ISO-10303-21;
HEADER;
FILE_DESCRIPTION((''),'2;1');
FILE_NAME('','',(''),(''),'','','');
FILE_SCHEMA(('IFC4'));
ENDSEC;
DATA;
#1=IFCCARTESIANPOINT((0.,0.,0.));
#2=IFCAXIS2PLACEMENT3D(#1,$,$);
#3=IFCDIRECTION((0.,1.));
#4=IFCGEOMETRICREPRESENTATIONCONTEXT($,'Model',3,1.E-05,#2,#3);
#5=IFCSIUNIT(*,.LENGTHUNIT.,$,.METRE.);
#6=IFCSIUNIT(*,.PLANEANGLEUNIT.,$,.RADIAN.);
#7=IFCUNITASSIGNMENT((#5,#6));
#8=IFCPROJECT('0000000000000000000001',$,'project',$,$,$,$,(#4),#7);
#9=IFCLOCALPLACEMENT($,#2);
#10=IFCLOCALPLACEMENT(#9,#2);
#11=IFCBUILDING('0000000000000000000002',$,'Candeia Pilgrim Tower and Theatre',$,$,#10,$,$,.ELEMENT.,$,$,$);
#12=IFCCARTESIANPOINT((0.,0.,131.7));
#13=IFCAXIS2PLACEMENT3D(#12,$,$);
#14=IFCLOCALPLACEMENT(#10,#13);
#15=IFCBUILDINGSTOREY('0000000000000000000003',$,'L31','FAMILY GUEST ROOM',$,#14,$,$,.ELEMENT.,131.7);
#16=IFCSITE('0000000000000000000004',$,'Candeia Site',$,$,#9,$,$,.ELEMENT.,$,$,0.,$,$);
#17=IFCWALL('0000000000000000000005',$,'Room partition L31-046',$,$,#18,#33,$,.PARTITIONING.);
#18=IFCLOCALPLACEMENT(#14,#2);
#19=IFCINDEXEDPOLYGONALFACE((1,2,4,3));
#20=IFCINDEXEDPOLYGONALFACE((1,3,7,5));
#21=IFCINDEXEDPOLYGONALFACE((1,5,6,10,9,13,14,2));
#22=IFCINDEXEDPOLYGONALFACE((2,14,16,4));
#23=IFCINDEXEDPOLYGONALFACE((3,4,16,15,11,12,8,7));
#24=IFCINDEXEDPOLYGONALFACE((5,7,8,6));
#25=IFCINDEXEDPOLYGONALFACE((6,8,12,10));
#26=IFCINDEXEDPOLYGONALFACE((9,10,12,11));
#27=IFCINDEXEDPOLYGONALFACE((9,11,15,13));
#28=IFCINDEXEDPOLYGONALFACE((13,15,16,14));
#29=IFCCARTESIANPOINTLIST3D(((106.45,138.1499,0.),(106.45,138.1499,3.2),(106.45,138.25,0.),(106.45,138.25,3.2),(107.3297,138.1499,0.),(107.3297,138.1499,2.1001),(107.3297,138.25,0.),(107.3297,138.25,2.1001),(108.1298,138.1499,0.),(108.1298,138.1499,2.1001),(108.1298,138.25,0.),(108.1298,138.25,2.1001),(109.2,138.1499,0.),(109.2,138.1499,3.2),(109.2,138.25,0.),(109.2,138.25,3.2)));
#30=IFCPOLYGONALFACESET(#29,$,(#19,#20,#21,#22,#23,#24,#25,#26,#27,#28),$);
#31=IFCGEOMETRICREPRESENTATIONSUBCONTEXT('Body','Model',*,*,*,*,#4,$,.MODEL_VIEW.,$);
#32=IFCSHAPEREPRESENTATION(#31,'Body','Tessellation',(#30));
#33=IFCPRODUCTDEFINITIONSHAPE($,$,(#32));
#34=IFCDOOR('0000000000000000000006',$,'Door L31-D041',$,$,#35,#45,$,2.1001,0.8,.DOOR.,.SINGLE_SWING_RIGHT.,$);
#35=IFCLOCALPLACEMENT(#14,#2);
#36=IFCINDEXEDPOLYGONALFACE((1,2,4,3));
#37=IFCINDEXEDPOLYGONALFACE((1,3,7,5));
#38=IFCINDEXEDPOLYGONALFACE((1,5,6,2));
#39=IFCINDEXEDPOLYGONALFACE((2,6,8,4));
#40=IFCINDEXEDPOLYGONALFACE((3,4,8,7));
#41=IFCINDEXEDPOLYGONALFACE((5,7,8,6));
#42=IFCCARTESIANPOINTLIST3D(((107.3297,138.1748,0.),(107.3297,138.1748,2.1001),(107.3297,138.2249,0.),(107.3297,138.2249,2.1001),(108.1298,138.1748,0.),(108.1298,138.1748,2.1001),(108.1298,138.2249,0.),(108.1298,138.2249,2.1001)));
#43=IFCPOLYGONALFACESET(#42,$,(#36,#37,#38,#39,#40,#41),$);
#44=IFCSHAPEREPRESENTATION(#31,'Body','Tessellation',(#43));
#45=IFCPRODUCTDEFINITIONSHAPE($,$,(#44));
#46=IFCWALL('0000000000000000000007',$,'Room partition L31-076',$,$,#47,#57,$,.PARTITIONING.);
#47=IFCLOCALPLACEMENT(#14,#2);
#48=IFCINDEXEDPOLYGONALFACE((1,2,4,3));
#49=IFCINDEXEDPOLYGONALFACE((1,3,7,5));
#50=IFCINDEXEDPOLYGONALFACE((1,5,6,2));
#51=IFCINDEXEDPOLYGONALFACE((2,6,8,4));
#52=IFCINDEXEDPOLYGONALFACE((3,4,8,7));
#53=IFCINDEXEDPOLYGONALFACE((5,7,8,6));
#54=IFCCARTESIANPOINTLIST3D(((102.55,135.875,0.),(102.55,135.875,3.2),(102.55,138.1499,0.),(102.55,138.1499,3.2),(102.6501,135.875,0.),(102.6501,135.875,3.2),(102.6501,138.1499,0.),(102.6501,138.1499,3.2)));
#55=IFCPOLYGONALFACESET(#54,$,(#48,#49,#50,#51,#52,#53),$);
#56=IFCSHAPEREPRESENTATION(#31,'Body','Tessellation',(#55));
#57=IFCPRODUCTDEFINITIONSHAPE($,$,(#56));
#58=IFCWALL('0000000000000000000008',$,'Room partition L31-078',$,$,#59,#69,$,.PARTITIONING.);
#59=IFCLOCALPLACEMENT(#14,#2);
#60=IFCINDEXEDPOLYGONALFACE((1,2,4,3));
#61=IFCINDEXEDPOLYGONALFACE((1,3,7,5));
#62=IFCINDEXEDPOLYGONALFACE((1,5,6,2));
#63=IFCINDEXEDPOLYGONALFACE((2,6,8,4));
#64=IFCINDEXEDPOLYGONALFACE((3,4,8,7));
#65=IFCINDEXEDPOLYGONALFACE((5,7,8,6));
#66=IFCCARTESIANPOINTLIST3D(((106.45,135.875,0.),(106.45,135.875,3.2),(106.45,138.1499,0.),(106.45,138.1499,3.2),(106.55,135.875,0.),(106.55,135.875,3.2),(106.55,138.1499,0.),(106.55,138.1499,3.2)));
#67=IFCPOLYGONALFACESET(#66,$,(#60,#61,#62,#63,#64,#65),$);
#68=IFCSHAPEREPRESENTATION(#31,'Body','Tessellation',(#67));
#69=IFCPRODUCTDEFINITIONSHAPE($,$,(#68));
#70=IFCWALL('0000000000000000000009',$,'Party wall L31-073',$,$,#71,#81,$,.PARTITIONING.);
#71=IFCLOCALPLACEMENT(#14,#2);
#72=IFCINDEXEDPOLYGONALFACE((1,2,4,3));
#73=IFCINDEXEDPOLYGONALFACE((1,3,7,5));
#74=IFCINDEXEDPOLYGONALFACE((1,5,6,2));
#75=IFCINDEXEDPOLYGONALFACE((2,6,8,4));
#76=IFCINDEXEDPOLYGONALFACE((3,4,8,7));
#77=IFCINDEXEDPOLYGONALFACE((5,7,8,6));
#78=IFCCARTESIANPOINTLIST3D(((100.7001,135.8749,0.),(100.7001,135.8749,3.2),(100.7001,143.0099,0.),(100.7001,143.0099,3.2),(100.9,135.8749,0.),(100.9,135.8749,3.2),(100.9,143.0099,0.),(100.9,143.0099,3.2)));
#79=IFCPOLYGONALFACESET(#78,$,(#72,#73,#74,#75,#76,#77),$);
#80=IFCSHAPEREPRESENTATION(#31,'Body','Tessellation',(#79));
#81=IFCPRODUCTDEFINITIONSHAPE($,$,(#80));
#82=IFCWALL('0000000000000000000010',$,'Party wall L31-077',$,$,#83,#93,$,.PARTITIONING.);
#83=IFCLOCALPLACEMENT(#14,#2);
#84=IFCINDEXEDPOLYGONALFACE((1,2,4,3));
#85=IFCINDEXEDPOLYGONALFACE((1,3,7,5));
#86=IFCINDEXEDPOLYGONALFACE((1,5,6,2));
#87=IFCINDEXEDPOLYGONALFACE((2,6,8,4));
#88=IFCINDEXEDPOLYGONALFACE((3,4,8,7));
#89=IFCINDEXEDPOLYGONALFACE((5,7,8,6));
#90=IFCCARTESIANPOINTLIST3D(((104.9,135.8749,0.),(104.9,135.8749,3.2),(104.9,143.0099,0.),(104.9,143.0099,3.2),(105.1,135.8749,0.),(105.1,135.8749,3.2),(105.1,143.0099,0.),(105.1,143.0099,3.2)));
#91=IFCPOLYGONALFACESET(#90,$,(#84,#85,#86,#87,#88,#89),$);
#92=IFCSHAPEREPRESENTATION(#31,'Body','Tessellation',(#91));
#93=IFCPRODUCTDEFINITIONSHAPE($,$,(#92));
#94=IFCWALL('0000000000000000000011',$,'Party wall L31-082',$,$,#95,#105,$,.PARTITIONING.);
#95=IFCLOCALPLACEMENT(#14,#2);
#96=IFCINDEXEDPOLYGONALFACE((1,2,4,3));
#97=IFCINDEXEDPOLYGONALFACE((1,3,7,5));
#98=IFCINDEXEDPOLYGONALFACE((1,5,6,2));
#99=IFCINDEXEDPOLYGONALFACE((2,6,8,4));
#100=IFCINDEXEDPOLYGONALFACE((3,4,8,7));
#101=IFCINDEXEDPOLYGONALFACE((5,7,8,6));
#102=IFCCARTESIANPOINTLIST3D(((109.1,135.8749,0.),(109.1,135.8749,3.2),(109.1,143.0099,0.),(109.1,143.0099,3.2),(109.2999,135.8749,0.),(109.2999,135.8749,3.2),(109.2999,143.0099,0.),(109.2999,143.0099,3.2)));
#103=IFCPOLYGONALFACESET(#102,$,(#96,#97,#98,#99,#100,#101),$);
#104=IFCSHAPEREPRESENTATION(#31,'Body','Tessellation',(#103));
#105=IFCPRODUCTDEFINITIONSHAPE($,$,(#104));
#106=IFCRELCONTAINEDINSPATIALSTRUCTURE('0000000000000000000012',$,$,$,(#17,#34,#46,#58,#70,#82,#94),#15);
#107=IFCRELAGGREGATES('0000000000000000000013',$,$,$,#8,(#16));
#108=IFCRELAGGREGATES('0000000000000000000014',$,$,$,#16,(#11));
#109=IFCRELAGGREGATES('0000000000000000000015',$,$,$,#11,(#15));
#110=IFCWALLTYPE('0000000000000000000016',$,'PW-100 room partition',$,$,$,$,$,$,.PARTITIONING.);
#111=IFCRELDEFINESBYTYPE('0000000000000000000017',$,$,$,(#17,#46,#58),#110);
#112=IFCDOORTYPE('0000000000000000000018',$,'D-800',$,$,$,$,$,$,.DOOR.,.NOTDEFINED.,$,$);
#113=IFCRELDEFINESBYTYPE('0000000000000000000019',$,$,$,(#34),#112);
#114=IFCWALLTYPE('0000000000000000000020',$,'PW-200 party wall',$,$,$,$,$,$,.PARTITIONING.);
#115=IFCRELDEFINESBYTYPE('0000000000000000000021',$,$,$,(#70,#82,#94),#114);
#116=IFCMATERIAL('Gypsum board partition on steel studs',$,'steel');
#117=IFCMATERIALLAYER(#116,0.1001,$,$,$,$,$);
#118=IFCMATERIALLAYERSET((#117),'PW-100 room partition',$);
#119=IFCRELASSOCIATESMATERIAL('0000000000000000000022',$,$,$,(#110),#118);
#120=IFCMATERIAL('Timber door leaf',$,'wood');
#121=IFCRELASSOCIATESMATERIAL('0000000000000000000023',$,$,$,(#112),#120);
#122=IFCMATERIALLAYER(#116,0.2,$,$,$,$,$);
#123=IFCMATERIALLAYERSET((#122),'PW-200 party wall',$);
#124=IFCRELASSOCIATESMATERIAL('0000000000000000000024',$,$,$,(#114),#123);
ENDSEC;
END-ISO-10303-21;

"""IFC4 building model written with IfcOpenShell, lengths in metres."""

from ifc_helpers import new_model, si_unit, direction, frame, frame_2d, origin, place, context, subcontext, project, spatial, rectangle, extrude, material, layer, layer_set, type_object, element, fill, save


model = new_model("IFC4")

# Units and contexts
model_context = context("Model", 3, precision=1e-05, world=origin(), true_north=direction((0.0, 1.0)))
body_context = subcontext(model_context, "Body", "Model", "MODEL_VIEW")
ifc_project = project(units=[si_unit("LENGTHUNIT", "METRE"), si_unit("PLANEANGLEUNIT", "RADIAN")], contexts=[model_context])

# Site, building, storey
site_placement = place(None, origin())
site = spatial("IfcSite", under=ifc_project, at=site_placement, Name="Candeia Site", CompositionType="ELEMENT", RefElevation=0.0)
building_placement = place(site_placement, origin())
building = spatial("IfcBuilding", under=site, at=building_placement, Name="Candeia Pilgrim Tower and Theatre", CompositionType="ELEMENT")
storey_placement = place(building_placement, frame((0.0, 0.0, 131.7)))
storey = spatial("IfcBuildingStorey", under=building, at=storey_placement, Name="L31", Description="FAMILY GUEST ROOM", CompositionType="ELEMENT", Elevation=131.7)

# Wall, opening, door
ifc_material_1 = material(Name="Gypsum board partition on steel studs", Category="steel")
ifc_layer_1 = layer(ifc_material_1, 0.1001)
ifc_layer_set_1 = layer_set([ifc_layer_1], Name="PW-100 room partition")
wall_type_1 = type_object("IfcWallType", Name="PW-100 room partition", PredefinedType="PARTITIONING", material=ifc_layer_set_1)
ifc_material_2 = material(Name="Timber door leaf", Category="wood")
door_type_1 = type_object("IfcDoorType", Name="D-800", OperationType="NOTDEFINED", PredefinedType="DOOR", material=ifc_material_2)
wall_1_placement = place(storey_placement, frame((106.45, 138.2, 0.0), z_axis=(0.0, 0.0, 1.0), x_axis=(1.0, 0.0, 0.0)))
wall_1 = element("IfcWall", 1, at=wall_1_placement, inside=storey, type_object=wall_type_1, Name="Room partition L31-046", PredefinedType="PARTITIONING", context=body_context, shape_type="SweptSolid", body=[
    extrude(rectangle(XDim=2.75, YDim=0.1001, at=frame_2d((1.375, 0.0))), origin(), (0.0, 0.0, 1.0), 3.2),
])
opening_1_placement = place(wall_1_placement, frame((0.8799, 0.0, 0.0)))
opening_1 = element("IfcOpeningElement", 2, at=opening_1_placement, cuts=wall_1, PredefinedType="OPENING", context=body_context, shape_type="SweptSolid", body=[
    extrude(rectangle(XDim=0.8, YDim=2.1001, at=frame_2d((0.3999, 1.05))), frame((0.0, 0.0601, 0.0), z_axis=(0.0, -1.0, 0.0), x_axis=(1.0, 0.0, 0.0)), (0.0, 0.0, 1.0), 0.1201),
])
door_1_placement = place(opening_1_placement, origin())
door_1 = element("IfcDoor", 3, at=door_1_placement, inside=storey, type_object=door_type_1, Name="Door L31-D041", OperationType="SINGLE_SWING_RIGHT", OverallHeight=2.1001, OverallWidth=0.8, PredefinedType="DOOR", context=body_context, shape_type="SweptSolid", body=[
    extrude(rectangle(XDim=0.8, YDim=2.1001, at=frame_2d((0.3999, 1.05))), frame((0.0, 0.0249, 0.0), z_axis=(0.0, -1.0, 0.0), x_axis=(1.0, 0.0, 0.0)), (0.0, 0.0, 1.0), 0.05),
])
fill(opening_1, door_1)

# Walls
for number, where, z_axis, x_axis, name in (
    (4, (102.6001, 135.875, 0.0), (0.0, 0.0, 1.0), (0.0, 1.0, 0.0), "Room partition L31-076"),
    (5, (106.5, 135.875, 0.0), (0.0, 0.0, 1.0), (0.0, 1.0, 0.0), "Room partition L31-078"),
):
    element("IfcWall", number, at=place(storey_placement, frame(where, z_axis=z_axis, x_axis=x_axis)), inside=storey, type_object=wall_type_1, Name=name, PredefinedType="PARTITIONING", context=body_context, shape_type="SweptSolid", body=[
        extrude(rectangle(XDim=2.2749, YDim=0.1001, at=frame_2d((1.1375, 0.0))), origin(), (0.0, 0.0, 1.0), 3.2),
    ])
ifc_layer_2 = layer(ifc_material_1, 0.2)
ifc_layer_set_2 = layer_set([ifc_layer_2], Name="PW-200 party wall")
wall_type_2 = type_object("IfcWallType", Name="PW-200 party wall", PredefinedType="PARTITIONING", material=ifc_layer_set_2)
for number, where, z_axis, x_axis, name in (
    (6, (100.8, 135.875, 0.0), (0.0, 0.0, 1.0), (0.0, 1.0, 0.0), "Party wall L31-073"),
    (7, (105.0, 135.875, 0.0), (0.0, 0.0, 1.0), (0.0, 1.0, 0.0), "Party wall L31-077"),
    (8, (109.2, 135.875, 0.0), (0.0, 0.0, 1.0), (0.0, 1.0, 0.0), "Party wall L31-082"),
):
    element("IfcWall", number, at=place(storey_placement, frame(where, z_axis=z_axis, x_axis=x_axis)), inside=storey, type_object=wall_type_2, Name=name, PredefinedType="PARTITIONING", context=body_context, shape_type="SweptSolid", body=[
        extrude(rectangle(XDim=7.135, YDim=0.2, at=frame_2d((3.5674, 0.0))), origin(), (0.0, 0.0, 1.0), 3.2),
    ])

save(model, "model.ifc")
